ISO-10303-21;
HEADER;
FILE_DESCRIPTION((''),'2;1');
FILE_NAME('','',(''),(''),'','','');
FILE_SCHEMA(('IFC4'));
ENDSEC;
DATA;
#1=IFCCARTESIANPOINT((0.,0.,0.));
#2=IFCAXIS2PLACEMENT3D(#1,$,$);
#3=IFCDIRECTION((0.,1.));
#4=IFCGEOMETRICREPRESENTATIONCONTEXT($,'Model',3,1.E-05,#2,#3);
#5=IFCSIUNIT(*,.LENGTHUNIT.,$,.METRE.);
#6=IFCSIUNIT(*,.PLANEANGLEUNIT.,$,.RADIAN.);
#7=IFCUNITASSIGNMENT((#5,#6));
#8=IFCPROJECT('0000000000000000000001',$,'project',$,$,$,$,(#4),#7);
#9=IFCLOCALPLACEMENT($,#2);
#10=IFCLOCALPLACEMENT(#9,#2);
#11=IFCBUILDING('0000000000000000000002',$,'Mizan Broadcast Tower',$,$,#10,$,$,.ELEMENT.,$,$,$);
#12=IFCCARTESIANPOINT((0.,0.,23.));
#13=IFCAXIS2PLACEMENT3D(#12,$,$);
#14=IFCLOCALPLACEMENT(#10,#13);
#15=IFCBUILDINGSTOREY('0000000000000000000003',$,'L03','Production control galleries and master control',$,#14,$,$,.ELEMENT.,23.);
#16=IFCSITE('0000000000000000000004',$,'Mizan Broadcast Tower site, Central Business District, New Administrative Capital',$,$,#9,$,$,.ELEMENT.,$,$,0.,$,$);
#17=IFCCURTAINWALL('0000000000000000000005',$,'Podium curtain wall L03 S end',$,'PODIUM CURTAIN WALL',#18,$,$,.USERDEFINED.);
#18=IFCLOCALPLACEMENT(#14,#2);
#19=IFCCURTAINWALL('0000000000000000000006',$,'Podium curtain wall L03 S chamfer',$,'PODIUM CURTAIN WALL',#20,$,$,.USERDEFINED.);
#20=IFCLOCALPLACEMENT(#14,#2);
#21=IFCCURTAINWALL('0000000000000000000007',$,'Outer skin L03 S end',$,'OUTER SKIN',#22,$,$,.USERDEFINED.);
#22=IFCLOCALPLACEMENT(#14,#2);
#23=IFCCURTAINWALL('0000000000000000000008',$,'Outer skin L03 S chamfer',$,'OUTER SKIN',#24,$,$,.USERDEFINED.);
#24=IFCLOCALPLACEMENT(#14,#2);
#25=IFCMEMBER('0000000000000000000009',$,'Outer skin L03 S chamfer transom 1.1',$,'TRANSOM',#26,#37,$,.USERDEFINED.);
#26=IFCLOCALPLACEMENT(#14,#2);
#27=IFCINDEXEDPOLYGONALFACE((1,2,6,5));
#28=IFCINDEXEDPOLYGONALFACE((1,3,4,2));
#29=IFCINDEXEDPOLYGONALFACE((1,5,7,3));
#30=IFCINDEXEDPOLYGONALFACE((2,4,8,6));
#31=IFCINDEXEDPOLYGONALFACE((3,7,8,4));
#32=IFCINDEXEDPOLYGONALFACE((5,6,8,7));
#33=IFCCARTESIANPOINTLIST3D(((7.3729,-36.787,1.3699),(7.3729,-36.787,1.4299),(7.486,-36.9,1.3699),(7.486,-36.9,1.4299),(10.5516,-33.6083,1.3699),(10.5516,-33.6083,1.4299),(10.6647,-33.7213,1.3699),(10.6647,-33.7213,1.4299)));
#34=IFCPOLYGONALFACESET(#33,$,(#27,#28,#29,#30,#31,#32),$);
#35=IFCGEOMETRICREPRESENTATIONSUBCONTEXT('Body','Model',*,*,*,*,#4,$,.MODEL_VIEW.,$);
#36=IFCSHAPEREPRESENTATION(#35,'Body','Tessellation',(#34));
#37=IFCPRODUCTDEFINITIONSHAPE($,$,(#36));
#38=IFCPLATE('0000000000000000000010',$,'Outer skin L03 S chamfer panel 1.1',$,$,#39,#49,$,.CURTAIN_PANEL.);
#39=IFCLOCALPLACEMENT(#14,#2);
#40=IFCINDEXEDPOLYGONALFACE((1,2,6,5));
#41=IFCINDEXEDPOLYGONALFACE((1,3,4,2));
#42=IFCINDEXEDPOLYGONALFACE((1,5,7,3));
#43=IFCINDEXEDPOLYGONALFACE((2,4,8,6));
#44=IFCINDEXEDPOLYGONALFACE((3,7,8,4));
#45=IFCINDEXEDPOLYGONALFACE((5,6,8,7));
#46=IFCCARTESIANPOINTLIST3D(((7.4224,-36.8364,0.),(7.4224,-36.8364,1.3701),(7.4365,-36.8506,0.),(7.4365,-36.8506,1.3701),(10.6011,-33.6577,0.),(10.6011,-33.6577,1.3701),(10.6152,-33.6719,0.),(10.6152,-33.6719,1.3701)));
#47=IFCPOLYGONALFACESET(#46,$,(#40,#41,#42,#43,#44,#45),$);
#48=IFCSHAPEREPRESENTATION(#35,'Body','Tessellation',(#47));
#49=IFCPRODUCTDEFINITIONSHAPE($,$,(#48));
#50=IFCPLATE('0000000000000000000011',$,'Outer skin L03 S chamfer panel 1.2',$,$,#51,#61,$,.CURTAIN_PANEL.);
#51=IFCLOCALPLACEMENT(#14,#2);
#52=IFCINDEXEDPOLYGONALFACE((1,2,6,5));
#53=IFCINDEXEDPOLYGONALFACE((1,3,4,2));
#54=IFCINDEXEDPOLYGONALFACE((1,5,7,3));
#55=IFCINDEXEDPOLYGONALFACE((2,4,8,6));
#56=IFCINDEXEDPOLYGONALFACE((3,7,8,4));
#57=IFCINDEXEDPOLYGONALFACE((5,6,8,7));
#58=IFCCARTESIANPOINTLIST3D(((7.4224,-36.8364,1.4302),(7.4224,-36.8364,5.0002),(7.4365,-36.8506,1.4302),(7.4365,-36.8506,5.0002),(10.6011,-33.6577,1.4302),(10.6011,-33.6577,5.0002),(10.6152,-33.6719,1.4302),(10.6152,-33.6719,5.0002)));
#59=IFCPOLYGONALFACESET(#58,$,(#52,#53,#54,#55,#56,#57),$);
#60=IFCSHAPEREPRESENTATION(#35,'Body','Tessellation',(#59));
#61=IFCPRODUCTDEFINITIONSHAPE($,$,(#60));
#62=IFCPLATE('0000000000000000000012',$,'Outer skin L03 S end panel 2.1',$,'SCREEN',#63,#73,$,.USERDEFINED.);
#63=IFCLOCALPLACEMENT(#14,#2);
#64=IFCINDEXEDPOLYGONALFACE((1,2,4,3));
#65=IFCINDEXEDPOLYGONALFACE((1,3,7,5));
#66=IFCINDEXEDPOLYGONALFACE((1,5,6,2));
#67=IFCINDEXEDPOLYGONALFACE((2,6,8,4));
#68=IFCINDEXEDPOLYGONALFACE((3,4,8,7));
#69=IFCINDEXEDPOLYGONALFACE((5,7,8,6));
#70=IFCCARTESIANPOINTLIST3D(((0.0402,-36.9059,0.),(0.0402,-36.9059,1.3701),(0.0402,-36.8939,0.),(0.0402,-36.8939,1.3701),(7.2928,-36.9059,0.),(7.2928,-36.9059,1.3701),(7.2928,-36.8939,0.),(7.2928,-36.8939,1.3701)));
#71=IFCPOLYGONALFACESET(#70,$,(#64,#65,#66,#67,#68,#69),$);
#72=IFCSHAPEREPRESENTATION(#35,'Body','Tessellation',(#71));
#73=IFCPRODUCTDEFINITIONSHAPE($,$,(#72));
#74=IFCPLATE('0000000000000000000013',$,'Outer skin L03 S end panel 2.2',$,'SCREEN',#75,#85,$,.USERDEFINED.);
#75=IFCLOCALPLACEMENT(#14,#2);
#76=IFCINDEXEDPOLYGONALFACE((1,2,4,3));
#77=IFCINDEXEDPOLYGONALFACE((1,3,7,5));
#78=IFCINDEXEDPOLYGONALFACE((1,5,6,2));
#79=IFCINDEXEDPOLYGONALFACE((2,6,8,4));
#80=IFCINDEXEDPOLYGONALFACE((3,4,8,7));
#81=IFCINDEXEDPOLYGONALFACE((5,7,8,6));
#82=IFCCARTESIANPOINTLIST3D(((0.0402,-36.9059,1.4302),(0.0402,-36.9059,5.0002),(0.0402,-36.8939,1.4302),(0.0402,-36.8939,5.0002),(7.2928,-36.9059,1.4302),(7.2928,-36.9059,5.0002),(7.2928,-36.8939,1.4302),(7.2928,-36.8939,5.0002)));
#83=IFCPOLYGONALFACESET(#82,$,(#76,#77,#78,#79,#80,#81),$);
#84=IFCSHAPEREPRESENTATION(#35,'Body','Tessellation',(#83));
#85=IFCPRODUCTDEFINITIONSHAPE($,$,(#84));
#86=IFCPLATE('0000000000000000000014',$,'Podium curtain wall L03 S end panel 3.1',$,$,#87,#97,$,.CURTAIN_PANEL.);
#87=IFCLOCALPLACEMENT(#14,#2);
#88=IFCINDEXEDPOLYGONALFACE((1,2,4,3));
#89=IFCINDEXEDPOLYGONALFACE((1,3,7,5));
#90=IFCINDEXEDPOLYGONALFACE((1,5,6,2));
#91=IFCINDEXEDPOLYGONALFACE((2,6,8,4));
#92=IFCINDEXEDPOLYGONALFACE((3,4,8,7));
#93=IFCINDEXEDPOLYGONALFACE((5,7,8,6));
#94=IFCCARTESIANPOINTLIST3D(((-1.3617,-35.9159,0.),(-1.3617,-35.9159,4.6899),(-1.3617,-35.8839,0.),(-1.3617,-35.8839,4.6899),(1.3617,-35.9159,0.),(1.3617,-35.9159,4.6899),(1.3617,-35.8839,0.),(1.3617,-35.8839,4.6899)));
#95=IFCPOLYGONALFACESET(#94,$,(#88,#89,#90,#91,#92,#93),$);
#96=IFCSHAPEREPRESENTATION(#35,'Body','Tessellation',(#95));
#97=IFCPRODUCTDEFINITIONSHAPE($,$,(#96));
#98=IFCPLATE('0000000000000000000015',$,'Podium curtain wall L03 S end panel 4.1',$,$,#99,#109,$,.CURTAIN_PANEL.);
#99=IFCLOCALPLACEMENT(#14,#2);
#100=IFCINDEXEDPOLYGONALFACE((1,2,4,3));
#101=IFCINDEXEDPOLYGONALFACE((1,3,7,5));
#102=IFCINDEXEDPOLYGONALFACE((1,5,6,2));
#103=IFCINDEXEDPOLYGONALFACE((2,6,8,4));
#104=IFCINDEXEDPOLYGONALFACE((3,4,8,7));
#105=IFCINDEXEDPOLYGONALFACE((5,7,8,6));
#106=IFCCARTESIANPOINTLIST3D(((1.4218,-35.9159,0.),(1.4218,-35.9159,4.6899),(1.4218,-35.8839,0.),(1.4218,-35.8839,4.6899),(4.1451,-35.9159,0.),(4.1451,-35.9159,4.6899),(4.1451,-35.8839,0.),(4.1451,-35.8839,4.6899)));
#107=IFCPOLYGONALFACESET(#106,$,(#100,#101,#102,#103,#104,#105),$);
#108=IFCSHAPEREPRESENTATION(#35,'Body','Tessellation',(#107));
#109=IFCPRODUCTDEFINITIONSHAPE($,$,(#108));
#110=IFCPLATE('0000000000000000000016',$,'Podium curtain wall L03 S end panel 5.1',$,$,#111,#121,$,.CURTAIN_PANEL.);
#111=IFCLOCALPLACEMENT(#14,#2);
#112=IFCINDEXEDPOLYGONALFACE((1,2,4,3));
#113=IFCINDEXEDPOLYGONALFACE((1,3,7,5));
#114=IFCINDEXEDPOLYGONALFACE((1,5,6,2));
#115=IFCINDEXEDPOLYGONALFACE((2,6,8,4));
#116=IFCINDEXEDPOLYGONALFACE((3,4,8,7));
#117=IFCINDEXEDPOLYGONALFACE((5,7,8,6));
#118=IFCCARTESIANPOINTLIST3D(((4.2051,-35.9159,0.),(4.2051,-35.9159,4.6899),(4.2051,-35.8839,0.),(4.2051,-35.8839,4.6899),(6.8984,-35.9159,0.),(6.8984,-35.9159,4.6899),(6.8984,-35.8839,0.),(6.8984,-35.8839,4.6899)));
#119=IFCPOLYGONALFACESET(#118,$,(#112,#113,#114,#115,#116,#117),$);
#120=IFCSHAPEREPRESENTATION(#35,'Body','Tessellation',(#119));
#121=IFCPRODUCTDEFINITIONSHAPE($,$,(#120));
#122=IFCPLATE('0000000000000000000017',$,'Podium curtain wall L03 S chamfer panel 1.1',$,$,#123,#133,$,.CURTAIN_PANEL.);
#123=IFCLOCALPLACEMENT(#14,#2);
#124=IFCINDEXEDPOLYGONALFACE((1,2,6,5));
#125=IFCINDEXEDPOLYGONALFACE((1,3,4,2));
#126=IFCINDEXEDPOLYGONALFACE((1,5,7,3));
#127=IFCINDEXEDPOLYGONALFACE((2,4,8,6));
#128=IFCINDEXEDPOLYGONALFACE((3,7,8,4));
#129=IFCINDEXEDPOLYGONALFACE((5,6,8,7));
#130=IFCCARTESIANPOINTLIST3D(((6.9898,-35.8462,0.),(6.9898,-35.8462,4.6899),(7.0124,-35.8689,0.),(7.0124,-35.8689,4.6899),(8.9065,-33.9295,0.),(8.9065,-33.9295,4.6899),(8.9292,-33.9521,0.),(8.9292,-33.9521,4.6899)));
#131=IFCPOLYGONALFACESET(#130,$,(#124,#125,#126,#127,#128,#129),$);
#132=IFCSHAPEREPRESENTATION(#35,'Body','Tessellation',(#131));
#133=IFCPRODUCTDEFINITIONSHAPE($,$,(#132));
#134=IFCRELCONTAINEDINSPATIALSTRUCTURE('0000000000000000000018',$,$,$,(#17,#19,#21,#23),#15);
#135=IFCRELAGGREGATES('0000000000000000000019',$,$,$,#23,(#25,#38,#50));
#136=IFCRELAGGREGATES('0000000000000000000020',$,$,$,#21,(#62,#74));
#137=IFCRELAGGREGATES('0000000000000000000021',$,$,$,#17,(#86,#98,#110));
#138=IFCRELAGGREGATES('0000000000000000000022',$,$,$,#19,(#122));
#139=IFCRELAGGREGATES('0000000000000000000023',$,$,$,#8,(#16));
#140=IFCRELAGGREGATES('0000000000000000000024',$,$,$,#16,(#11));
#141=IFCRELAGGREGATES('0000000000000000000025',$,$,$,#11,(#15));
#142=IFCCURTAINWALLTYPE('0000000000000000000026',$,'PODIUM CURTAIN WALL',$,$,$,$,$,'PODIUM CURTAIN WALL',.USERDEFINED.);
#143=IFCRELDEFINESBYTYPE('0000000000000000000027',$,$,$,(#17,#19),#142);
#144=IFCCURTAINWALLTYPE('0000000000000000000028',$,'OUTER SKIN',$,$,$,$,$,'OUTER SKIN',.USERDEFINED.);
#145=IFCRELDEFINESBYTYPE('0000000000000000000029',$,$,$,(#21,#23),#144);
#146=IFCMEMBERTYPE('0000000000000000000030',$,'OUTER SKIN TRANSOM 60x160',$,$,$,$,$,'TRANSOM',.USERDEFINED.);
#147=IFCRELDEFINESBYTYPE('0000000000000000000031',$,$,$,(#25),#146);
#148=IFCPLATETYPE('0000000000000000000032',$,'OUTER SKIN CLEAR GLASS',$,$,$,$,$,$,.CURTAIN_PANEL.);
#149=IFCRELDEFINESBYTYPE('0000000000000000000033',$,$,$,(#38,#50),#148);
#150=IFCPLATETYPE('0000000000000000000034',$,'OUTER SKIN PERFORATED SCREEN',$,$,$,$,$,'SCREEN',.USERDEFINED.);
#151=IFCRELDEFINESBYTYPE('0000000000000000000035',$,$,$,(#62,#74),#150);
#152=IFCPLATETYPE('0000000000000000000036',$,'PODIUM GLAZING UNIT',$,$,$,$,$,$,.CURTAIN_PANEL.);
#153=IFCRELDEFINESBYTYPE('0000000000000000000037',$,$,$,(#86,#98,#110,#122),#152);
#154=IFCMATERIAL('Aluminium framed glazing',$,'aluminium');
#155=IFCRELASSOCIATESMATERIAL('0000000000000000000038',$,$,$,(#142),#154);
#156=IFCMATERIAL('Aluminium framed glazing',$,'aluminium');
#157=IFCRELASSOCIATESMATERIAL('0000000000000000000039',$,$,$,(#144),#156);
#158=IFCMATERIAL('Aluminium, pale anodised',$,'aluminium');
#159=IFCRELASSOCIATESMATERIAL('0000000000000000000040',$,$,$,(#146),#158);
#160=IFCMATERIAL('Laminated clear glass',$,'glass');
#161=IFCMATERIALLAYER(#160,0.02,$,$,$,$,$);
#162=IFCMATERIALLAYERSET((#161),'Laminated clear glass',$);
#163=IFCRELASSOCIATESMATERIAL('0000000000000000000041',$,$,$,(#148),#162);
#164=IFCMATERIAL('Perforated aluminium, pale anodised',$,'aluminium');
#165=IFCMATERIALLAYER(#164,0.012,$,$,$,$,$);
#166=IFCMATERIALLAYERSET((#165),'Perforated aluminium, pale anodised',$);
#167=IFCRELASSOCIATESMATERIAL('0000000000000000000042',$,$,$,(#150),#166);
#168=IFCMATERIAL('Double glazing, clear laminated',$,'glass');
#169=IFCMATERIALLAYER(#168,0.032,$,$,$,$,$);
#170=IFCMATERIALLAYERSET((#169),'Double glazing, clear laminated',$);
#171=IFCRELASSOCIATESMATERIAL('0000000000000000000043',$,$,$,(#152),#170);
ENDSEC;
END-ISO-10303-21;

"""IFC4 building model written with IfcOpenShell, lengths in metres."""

from ifc_helpers import new_model, si_unit, direction, frame, origin, origin_2d, place, context, subcontext, project, spatial, rectangle, extrude, material, layer, layer_set, material_profile, profile_set, type_object, element, aggregate, save


model = new_model("IFC4")

# Units and contexts
model_context = context("Model", 3, precision=1e-05, world=origin(), true_north=direction((0.0, 1.0)))
body_context = subcontext(model_context, "Body", "Model", "MODEL_VIEW")
ifc_project = project(units=[si_unit("LENGTHUNIT", "METRE"), si_unit("PLANEANGLEUNIT", "RADIAN")], contexts=[model_context])

# Site, building, storey
site_placement = place(None, origin())
site = spatial("IfcSite", under=ifc_project, at=site_placement, Name="Mizan Broadcast Tower site, Central Business District, New Administrative Capital", CompositionType="ELEMENT", RefElevation=0.0)
building_placement = place(site_placement, origin())
building = spatial("IfcBuilding", under=site, at=building_placement, Name="Mizan Broadcast Tower", CompositionType="ELEMENT")
storey_placement = place(building_placement, frame((0.0, 0.0, 23.0)))
storey = spatial("IfcBuildingStorey", under=building, at=storey_placement, Name="L03", Description="Production control galleries and master control", CompositionType="ELEMENT", Elevation=23.0)

# Curtain wall
ifc_material_1 = material(Name="Aluminium framed glazing", Category="aluminium")
curtain_wall_type_1 = type_object("IfcCurtainWallType", Name="PODIUM CURTAIN WALL", ElementType="PODIUM CURTAIN WALL", PredefinedType="USERDEFINED", material=ifc_material_1)
curtain_wall_1_placement = place(storey_placement, origin())
curtain_wall_1 = element("IfcCurtainWall", 1, at=curtain_wall_1_placement, inside=storey, type_object=curtain_wall_type_1, Name="Podium curtain wall L03 S end", ObjectType="PODIUM CURTAIN WALL", PredefinedType="USERDEFINED")

# Curtain wall
curtain_wall_2_placement = place(storey_placement, origin())
curtain_wall_2 = element("IfcCurtainWall", 2, at=curtain_wall_2_placement, inside=storey, type_object=curtain_wall_type_1, Name="Podium curtain wall L03 S chamfer", ObjectType="PODIUM CURTAIN WALL", PredefinedType="USERDEFINED")

# Curtain wall
ifc_material_2 = material(Name="Aluminium framed glazing", Category="aluminium")
curtain_wall_type_2 = type_object("IfcCurtainWallType", Name="OUTER SKIN", ElementType="OUTER SKIN", PredefinedType="USERDEFINED", material=ifc_material_2)
curtain_wall_3_placement = place(storey_placement, origin())
curtain_wall_3 = element("IfcCurtainWall", 3, at=curtain_wall_3_placement, inside=storey, type_object=curtain_wall_type_2, Name="Outer skin L03 S end", ObjectType="OUTER SKIN", PredefinedType="USERDEFINED")
ifc_material_3 = material(Name="Aluminium, pale anodised", Category="aluminium")
ifc_material_profile_1 = material_profile(ifc_material_3, rectangle(XDim=0.1599, YDim=0.0601, at=origin_2d()), Name="TRANSOM 160x60")
ifc_profile_set_1 = profile_set([ifc_material_profile_1], Name="Aluminium, pale anodised")
member_type_1 = type_object("IfcMemberType", Name="OUTER SKIN TRANSOM 60x160", ElementType="TRANSOM", PredefinedType="USERDEFINED", material=ifc_profile_set_1)

# Curtain wall, member, plates
curtain_wall_4_placement = place(storey_placement, origin())
curtain_wall_4 = element("IfcCurtainWall", 4, at=curtain_wall_4_placement, inside=storey, type_object=curtain_wall_type_2, Name="Outer skin L03 S chamfer", ObjectType="OUTER SKIN", PredefinedType="USERDEFINED")
member_1_placement = place(storey_placement, frame((7.4294, -36.8435, 1.3999), z_axis=(0.707107, 0.707107, 0.0), x_axis=(-0.707107, 0.707107, 0.0)))
member_1 = element("IfcMember", 5, at=member_1_placement, type_object=member_type_1, Name="Outer skin L03 S chamfer transom 1.1", ObjectType="TRANSOM", PredefinedType="USERDEFINED", context=body_context, shape_type="SweptSolid", body=[
    extrude(rectangle(XDim=0.1599, YDim=0.0601, at=origin_2d()), origin(), (0.0, 0.0, 1.0), 4.4954),
])
ifc_material_4 = material(Name="Laminated clear glass", Category="glass")
ifc_layer_1 = layer(ifc_material_4, 0.02)
ifc_layer_set_1 = layer_set([ifc_layer_1], Name="Laminated clear glass")
plate_type_1 = type_object("IfcPlateType", Name="OUTER SKIN CLEAR GLASS", PredefinedType="CURTAIN_PANEL", material=ifc_layer_set_1)
plate_1_placement = place(storey_placement, frame((9.0188, -35.2542, 0.0), z_axis=(0.0, 0.0, 1.0), x_axis=(0.707107, 0.707107, 0.0)))
plate_1 = element("IfcPlate", 6, at=plate_1_placement, type_object=plate_type_1, Name="Outer skin L03 S chamfer panel 1.1", PredefinedType="CURTAIN_PANEL", context=body_context, shape_type="SweptSolid", body=[
    extrude(rectangle(XDim=4.4954, YDim=0.02, at=origin_2d()), origin(), (0.0, 0.0, 1.0), 1.3701),
])
plate_2_placement = place(storey_placement, frame((9.0188, -35.2542, 1.4302), z_axis=(0.0, 0.0, 1.0), x_axis=(0.707107, 0.707107, 0.0)))
plate_2 = element("IfcPlate", 7, at=plate_2_placement, type_object=plate_type_1, Name="Outer skin L03 S chamfer panel 1.2", PredefinedType="CURTAIN_PANEL", context=body_context, shape_type="SweptSolid", body=[
    extrude(rectangle(XDim=4.4954, YDim=0.02, at=origin_2d()), origin(), (0.0, 0.0, 1.0), 3.5701),
])
aggregate(curtain_wall_4, [member_1, plate_1, plate_2])

# Plates
ifc_material_5 = material(Name="Perforated aluminium, pale anodised", Category="aluminium")
ifc_layer_2 = layer(ifc_material_5, 0.012)
ifc_layer_set_2 = layer_set([ifc_layer_2], Name="Perforated aluminium, pale anodised")
plate_type_2 = type_object("IfcPlateType", Name="OUTER SKIN PERFORATED SCREEN", ElementType="SCREEN", PredefinedType="USERDEFINED", material=ifc_layer_set_2)
plate_3_placement = place(storey_placement, frame((3.6665, -36.8999, 0.0), z_axis=(0.0, 0.0, 1.0), x_axis=(1.0, 0.0, 0.0)))
plate_3 = element("IfcPlate", 8, at=plate_3_placement, type_object=plate_type_2, Name="Outer skin L03 S end panel 2.1", ObjectType="SCREEN", PredefinedType="USERDEFINED", context=body_context, shape_type="SweptSolid", body=[
    extrude(rectangle(XDim=7.2527, YDim=0.012, at=origin_2d()), origin(), (0.0, 0.0, 1.0), 1.3701),
])
plate_4_placement = place(storey_placement, frame((3.6665, -36.8999, 1.4302), z_axis=(0.0, 0.0, 1.0), x_axis=(1.0, 0.0, 0.0)))
plate_4 = element("IfcPlate", 9, at=plate_4_placement, type_object=plate_type_2, Name="Outer skin L03 S end panel 2.2", ObjectType="SCREEN", PredefinedType="USERDEFINED", context=body_context, shape_type="SweptSolid", body=[
    extrude(rectangle(XDim=7.2527, YDim=0.012, at=origin_2d()), origin(), (0.0, 0.0, 1.0), 3.5701),
])
aggregate(curtain_wall_3, [plate_3, plate_4])
ifc_material_6 = material(Name="Double glazing, clear laminated", Category="glass")
ifc_layer_3 = layer(ifc_material_6, 0.032)
ifc_layer_set_3 = layer_set([ifc_layer_3], Name="Double glazing, clear laminated")
plate_type_3 = type_object("IfcPlateType", Name="PODIUM GLAZING UNIT", PredefinedType="CURTAIN_PANEL", material=ifc_layer_set_3)
plate_5_placement = place(storey_placement, frame((0.0, -35.8999, 0.0), z_axis=(0.0, 0.0, 1.0), x_axis=(1.0, 0.0, 0.0)))
plate_5 = element("IfcPlate", 10, at=plate_5_placement, type_object=plate_type_3, Name="Podium curtain wall L03 S end panel 3.1", PredefinedType="CURTAIN_PANEL", context=body_context, shape_type="SweptSolid", body=[
    extrude(rectangle(XDim=2.7234, YDim=0.032, at=origin_2d()), origin(), (0.0, 0.0, 1.0), 4.6899),
])
plate_6_placement = place(storey_placement, frame((2.7834, -35.8999, 0.0), z_axis=(0.0, 0.0, 1.0), x_axis=(1.0, 0.0, 0.0)))
plate_6 = element("IfcPlate", 11, at=plate_6_placement, type_object=plate_type_3, Name="Podium curtain wall L03 S end panel 4.1", PredefinedType="CURTAIN_PANEL", context=body_context, shape_type="SweptSolid", body=[
    extrude(rectangle(XDim=2.7234, YDim=0.032, at=origin_2d()), origin(), (0.0, 0.0, 1.0), 4.6899),
])
plate_7_placement = place(storey_placement, frame((5.5518, -35.8999, 0.0), z_axis=(0.0, 0.0, 1.0), x_axis=(1.0, 0.0, 0.0)))
plate_7 = element("IfcPlate", 12, at=plate_7_placement, type_object=plate_type_3, Name="Podium curtain wall L03 S end panel 5.1", PredefinedType="CURTAIN_PANEL", context=body_context, shape_type="SweptSolid", body=[
    extrude(rectangle(XDim=2.6934, YDim=0.032, at=origin_2d()), origin(), (0.0, 0.0, 1.0), 4.6899),
])
aggregate(curtain_wall_1, [plate_5, plate_6, plate_7])
plate_8_placement = place(storey_placement, frame((7.9595, -34.8992, 0.0), z_axis=(0.0, 0.0, 1.0), x_axis=(0.707107, 0.707107, 0.0)))
plate_8 = element("IfcPlate", 13, at=plate_8_placement, type_object=plate_type_3, Name="Podium curtain wall L03 S chamfer panel 1.1", PredefinedType="CURTAIN_PANEL", context=body_context, shape_type="SweptSolid", body=[
    extrude(rectangle(XDim=2.7107, YDim=0.032, at=origin_2d()), origin(), (0.0, 0.0, 1.0), 4.6899),
])
aggregate(curtain_wall_2, [plate_8])

save(model, "model.ifc")
